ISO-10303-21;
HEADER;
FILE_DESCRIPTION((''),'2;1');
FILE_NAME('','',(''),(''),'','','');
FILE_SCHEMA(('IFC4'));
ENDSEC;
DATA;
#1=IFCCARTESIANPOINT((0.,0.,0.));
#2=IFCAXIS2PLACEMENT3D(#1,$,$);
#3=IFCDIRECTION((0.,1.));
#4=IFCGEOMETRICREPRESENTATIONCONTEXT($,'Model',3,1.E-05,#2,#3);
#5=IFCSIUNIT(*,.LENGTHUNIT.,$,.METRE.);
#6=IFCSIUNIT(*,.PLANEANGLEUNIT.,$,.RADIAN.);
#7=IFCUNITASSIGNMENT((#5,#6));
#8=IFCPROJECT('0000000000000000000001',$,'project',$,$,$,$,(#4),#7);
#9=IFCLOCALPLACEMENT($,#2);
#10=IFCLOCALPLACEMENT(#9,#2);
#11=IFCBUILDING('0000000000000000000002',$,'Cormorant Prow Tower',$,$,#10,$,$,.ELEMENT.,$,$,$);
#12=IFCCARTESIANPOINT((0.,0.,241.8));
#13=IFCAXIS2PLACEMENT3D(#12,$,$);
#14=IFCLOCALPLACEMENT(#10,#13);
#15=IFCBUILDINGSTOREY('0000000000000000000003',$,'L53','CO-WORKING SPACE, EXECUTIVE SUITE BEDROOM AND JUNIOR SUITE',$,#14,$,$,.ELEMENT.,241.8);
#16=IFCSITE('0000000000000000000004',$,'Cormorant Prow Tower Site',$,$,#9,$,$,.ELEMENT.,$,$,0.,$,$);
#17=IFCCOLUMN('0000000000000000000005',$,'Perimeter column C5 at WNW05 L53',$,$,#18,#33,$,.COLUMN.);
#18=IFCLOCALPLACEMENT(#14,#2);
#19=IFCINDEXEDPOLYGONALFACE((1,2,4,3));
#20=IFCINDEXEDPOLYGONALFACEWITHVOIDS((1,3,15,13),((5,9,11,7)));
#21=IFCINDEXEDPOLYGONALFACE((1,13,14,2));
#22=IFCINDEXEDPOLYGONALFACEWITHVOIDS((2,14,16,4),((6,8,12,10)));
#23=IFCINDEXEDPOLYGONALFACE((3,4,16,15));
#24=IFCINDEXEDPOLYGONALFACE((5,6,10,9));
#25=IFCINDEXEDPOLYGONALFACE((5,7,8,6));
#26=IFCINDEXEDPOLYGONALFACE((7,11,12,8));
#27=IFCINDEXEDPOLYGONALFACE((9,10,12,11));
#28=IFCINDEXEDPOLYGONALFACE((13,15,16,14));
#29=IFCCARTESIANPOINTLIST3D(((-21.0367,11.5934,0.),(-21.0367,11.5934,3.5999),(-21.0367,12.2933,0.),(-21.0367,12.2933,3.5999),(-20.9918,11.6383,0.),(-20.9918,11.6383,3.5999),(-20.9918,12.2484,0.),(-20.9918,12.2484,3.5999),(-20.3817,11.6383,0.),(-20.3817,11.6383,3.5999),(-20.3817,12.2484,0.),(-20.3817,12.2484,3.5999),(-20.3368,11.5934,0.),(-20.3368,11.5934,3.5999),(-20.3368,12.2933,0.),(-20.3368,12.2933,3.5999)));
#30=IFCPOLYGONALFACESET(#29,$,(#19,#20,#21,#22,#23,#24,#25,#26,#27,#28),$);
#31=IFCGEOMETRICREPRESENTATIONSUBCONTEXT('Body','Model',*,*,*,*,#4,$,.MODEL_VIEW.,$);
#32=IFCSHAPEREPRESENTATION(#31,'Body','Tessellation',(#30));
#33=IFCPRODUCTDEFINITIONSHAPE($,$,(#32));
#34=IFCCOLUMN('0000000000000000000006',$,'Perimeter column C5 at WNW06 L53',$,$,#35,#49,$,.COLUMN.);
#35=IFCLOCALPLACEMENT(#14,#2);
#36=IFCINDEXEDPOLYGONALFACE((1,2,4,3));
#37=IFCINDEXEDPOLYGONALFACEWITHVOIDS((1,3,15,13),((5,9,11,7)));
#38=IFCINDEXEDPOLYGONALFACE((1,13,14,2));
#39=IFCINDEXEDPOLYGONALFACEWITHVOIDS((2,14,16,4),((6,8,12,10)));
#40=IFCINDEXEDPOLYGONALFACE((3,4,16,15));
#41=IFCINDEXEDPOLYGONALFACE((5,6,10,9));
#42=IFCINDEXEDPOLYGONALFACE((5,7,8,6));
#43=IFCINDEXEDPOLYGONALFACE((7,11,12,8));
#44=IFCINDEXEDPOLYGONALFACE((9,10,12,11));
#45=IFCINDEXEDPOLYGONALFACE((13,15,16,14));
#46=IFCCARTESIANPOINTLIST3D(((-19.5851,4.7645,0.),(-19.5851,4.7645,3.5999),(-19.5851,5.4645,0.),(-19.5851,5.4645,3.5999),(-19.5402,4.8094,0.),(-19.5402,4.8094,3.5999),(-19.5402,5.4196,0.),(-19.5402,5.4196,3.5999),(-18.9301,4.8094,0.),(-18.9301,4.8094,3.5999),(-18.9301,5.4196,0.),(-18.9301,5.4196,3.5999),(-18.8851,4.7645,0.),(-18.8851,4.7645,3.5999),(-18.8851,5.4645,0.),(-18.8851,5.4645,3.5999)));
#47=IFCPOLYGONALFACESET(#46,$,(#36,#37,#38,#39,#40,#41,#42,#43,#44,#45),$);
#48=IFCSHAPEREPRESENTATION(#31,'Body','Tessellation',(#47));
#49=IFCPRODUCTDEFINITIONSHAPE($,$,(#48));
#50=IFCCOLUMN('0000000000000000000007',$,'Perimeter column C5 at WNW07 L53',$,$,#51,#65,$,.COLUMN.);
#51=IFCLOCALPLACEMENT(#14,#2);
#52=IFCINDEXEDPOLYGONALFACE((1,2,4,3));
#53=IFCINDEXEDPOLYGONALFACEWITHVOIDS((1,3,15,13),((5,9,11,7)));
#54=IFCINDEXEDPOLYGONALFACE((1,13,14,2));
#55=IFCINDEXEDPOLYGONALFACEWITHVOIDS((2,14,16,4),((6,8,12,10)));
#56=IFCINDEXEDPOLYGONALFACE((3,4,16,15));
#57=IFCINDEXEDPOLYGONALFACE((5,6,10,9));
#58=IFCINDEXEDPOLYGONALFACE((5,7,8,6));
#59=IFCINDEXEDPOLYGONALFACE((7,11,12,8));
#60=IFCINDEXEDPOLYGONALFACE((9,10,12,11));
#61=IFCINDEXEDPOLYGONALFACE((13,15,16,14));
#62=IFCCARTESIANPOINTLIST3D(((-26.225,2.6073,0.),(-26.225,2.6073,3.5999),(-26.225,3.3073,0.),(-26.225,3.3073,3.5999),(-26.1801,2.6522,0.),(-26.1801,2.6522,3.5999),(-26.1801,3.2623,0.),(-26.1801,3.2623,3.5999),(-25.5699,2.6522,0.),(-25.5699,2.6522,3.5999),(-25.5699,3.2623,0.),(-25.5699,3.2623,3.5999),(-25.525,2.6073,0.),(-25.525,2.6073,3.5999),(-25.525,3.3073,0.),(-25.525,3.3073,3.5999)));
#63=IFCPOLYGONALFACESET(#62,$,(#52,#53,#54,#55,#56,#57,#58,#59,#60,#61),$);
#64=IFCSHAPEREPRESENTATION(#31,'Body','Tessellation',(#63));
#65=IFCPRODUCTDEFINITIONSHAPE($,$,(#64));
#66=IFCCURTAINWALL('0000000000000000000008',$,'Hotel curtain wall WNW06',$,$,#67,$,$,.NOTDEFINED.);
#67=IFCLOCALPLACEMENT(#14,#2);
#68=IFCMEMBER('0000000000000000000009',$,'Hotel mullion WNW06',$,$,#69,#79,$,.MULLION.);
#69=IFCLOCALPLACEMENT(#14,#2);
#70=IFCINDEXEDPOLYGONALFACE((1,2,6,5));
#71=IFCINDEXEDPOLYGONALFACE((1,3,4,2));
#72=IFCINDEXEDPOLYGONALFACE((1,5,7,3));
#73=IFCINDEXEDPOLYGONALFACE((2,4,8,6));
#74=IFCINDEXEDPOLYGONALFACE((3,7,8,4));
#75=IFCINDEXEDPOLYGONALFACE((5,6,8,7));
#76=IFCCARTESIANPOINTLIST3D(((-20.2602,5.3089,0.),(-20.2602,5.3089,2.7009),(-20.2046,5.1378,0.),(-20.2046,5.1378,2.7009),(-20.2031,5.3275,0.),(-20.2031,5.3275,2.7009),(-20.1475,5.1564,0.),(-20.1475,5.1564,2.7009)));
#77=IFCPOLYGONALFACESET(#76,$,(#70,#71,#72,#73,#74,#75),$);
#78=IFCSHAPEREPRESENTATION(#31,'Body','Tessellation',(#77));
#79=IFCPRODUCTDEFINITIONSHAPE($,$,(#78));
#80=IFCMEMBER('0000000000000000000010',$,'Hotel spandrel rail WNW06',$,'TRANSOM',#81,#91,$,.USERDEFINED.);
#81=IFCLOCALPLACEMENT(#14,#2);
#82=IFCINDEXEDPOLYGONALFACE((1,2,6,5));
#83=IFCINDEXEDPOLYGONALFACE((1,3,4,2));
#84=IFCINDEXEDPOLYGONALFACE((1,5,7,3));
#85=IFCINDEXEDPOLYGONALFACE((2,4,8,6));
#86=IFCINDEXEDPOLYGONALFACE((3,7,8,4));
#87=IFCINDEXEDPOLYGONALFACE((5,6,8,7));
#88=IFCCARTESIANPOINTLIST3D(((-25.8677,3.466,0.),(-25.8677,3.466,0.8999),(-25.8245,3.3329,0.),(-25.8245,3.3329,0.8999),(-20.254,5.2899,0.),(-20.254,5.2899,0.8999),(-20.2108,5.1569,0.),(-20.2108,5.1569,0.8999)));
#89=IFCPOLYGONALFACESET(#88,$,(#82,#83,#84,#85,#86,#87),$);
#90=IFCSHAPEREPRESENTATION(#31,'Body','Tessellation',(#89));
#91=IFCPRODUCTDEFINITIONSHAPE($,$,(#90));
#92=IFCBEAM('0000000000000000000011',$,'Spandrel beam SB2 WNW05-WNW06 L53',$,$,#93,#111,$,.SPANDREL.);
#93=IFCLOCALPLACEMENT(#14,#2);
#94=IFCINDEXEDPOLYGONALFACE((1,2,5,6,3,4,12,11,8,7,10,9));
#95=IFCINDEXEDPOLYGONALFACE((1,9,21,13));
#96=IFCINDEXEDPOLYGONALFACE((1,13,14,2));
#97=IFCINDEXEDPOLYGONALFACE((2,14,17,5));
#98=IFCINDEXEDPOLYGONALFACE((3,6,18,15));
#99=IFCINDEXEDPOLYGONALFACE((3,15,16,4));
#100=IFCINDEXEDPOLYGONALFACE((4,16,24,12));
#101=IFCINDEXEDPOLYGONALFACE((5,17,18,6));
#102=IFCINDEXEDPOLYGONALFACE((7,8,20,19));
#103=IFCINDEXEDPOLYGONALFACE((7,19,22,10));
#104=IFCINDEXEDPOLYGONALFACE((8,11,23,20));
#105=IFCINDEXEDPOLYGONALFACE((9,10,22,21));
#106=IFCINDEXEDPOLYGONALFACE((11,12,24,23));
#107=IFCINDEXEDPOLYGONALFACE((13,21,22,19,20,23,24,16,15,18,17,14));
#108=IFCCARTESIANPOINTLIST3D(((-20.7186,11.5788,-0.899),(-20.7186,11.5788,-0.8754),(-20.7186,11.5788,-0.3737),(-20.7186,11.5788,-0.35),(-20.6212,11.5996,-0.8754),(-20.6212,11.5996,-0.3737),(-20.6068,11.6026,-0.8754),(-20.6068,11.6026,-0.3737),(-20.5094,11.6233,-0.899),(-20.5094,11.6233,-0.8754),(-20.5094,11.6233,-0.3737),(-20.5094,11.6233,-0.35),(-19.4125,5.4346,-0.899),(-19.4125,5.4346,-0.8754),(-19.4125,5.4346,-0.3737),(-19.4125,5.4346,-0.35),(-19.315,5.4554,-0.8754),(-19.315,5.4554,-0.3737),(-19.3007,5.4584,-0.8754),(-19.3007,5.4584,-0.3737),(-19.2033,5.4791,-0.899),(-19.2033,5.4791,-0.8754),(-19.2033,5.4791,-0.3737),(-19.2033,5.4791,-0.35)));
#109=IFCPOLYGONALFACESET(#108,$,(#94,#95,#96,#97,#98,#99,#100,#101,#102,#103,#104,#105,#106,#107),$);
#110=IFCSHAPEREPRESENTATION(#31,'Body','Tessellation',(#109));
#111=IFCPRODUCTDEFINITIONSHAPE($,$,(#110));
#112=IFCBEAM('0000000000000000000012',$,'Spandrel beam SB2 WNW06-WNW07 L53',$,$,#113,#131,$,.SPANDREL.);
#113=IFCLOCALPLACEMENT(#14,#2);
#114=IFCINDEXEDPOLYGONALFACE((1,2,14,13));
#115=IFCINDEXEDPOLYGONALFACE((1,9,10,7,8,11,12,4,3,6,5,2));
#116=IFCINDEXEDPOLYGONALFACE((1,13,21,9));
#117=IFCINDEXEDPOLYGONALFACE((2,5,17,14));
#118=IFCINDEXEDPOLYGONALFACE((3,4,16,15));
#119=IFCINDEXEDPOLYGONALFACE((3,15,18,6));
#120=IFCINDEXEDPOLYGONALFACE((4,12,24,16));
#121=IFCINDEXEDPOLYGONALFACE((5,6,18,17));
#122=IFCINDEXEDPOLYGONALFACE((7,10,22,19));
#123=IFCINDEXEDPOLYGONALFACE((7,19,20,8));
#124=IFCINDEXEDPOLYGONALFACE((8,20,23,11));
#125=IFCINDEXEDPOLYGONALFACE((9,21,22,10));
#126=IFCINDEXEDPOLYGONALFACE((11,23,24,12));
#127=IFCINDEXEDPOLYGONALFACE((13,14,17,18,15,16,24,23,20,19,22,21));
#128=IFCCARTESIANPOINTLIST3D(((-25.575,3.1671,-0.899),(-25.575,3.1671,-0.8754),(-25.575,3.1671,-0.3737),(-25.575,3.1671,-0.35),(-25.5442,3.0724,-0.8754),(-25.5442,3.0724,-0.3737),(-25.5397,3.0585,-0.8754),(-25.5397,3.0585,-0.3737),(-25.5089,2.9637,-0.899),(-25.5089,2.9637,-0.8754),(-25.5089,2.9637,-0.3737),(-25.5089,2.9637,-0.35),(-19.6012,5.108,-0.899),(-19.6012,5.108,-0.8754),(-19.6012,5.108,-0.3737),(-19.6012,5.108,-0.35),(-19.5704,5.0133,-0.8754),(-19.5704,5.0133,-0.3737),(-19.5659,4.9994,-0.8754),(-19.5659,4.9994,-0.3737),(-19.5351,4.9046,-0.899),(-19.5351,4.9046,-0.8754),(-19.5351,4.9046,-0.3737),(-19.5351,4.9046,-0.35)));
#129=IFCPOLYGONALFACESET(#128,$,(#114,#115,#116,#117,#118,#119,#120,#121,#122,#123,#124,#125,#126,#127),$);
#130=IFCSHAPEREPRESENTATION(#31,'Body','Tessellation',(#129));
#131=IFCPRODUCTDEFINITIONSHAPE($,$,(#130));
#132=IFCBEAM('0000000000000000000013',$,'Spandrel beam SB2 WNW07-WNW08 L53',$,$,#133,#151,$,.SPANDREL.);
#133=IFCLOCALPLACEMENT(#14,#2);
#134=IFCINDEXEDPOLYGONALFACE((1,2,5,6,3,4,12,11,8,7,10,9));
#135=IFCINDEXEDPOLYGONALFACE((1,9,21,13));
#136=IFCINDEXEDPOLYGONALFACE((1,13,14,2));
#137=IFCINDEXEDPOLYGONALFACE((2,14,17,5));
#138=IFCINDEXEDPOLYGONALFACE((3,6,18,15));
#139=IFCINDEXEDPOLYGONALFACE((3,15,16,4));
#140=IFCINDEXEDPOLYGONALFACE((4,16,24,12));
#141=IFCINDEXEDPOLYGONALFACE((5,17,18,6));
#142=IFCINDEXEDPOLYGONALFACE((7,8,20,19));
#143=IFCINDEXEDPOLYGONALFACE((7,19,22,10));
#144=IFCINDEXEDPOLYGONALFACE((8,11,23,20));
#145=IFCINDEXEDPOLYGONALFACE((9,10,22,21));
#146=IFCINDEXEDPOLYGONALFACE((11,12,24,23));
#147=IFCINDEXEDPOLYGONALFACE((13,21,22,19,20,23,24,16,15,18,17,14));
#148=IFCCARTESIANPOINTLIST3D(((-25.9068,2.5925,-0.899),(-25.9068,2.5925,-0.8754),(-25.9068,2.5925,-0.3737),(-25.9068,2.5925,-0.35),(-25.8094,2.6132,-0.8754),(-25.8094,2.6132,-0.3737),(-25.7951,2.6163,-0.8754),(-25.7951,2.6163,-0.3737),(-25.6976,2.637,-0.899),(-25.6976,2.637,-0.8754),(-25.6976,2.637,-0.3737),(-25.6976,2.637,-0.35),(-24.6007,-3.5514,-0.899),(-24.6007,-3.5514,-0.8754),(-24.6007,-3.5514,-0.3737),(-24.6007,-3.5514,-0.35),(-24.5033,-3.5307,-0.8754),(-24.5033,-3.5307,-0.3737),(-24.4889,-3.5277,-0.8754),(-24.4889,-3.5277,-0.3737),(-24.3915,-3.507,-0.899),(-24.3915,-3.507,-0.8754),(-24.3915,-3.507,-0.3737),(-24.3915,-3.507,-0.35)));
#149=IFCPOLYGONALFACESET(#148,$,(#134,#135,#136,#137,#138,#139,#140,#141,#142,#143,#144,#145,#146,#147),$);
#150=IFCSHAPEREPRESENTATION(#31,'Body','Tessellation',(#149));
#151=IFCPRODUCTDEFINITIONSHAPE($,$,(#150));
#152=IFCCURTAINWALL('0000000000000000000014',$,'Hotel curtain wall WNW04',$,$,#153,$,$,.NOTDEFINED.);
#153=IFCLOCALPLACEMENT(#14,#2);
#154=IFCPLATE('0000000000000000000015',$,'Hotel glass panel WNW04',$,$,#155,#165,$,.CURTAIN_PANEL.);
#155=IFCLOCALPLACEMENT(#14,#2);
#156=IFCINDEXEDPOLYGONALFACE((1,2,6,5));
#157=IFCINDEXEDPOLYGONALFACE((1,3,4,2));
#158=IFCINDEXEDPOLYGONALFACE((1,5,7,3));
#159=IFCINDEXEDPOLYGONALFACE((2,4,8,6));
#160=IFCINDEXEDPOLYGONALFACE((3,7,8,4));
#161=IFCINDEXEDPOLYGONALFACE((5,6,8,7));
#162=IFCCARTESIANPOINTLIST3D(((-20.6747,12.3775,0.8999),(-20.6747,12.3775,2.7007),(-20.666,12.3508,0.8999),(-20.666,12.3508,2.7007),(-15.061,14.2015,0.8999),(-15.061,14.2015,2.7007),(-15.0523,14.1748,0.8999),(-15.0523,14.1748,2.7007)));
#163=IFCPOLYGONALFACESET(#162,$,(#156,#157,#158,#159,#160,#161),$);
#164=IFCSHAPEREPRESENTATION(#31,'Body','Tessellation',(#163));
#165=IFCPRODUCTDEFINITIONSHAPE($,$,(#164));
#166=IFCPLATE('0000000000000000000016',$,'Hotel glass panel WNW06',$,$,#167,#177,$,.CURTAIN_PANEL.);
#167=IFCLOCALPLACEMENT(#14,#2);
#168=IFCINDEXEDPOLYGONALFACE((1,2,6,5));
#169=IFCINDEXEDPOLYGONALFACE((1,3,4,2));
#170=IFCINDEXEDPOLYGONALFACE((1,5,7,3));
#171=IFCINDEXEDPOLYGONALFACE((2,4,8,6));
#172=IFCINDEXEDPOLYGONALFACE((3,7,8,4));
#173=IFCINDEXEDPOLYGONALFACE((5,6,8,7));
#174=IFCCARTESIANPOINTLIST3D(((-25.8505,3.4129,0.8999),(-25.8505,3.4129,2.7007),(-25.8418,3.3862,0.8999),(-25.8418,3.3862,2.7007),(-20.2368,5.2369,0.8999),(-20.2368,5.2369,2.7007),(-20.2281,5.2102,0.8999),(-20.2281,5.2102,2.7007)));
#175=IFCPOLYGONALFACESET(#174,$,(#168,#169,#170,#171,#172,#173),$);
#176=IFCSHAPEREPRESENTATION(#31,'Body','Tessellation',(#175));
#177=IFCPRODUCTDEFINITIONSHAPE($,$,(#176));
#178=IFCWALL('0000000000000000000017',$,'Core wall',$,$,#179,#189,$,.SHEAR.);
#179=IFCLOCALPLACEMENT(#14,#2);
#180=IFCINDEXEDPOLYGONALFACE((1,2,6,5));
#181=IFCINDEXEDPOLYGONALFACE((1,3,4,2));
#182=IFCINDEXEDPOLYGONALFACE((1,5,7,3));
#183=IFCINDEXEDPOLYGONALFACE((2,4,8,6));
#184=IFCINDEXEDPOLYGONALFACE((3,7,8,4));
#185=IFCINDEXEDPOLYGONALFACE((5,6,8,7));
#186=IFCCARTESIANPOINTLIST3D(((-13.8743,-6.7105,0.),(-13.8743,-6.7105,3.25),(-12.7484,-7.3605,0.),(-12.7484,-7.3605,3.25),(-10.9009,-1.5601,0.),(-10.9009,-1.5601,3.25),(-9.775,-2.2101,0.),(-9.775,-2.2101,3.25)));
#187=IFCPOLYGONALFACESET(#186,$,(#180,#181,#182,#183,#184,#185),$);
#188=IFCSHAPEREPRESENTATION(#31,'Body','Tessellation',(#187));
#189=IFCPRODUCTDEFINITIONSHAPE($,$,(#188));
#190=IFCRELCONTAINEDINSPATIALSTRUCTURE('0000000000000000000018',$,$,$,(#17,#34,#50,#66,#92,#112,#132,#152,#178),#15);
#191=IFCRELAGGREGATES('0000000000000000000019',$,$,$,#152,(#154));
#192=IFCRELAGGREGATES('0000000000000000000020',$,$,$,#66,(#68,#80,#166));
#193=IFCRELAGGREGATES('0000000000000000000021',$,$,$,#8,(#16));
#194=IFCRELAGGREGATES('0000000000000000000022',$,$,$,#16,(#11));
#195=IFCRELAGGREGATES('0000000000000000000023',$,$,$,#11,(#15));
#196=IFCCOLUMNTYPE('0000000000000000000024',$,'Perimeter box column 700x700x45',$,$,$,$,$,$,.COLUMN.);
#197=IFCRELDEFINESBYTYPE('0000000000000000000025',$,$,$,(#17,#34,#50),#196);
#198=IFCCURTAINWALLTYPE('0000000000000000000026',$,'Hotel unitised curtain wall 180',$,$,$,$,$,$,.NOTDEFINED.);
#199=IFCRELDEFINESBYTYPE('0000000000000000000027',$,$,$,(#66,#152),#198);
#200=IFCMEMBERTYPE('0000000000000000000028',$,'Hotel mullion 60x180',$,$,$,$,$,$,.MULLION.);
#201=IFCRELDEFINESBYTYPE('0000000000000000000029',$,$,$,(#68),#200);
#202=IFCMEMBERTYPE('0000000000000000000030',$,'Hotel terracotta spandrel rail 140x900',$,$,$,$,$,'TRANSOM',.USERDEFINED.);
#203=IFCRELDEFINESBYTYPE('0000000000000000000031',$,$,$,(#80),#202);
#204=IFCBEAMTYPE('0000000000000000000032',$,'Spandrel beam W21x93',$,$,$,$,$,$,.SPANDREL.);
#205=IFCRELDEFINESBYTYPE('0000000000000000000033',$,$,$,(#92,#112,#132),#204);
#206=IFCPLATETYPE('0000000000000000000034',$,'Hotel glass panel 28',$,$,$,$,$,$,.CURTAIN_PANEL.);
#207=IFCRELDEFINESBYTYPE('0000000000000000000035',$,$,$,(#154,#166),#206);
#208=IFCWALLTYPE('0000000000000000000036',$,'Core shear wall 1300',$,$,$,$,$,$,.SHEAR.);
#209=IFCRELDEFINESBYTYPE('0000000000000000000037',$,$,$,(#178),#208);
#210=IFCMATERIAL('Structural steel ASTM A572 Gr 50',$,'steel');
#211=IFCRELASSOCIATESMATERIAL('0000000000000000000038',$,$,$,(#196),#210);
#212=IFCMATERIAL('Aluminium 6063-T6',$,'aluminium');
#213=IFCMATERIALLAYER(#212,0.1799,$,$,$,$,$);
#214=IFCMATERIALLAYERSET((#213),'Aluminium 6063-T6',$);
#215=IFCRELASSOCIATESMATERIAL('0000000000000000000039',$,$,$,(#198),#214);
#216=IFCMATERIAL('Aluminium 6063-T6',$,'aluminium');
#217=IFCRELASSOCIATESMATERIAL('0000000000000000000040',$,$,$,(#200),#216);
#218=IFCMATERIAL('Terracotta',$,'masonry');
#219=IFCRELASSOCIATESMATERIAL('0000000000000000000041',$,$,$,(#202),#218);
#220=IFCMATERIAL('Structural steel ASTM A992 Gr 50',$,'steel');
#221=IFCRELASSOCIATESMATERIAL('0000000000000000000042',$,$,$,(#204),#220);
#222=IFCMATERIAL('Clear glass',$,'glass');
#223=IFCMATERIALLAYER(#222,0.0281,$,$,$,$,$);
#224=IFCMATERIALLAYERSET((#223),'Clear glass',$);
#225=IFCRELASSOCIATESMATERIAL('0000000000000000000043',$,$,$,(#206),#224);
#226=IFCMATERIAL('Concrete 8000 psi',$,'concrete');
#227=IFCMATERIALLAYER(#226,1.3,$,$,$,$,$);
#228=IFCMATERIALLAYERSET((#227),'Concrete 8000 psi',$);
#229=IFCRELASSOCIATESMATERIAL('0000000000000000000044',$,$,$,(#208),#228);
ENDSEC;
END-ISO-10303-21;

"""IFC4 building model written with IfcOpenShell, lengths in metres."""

from ifc_helpers import new_model, si_unit, direction, frame, frame_2d, origin, origin_2d, place, context, subcontext, project, spatial, rectangle, hollow_rectangle, i_section, extrude, material, layer, layer_set, material_profile, profile_set, type_object, element, aggregate, save


model = new_model("IFC4")

# Units and contexts
model_context = context("Model", 3, precision=1e-05, world=origin(), true_north=direction((0.0, 1.0)))
body_context = subcontext(model_context, "Body", "Model", "MODEL_VIEW")
ifc_project = project(units=[si_unit("LENGTHUNIT", "METRE"), si_unit("PLANEANGLEUNIT", "RADIAN")], contexts=[model_context])

# Site, building, storey
site_placement = place(None, origin())
site = spatial("IfcSite", under=ifc_project, at=site_placement, Name="Cormorant Prow Tower Site", CompositionType="ELEMENT", RefElevation=0.0)
building_placement = place(site_placement, origin())
building = spatial("IfcBuilding", under=site, at=building_placement, Name="Cormorant Prow Tower", CompositionType="ELEMENT")
storey_placement = place(building_placement, frame((0.0, 0.0, 241.8)))
storey = spatial("IfcBuildingStorey", under=building, at=storey_placement, Name="L53", Description="CO-WORKING SPACE, EXECUTIVE SUITE BEDROOM AND JUNIOR SUITE", CompositionType="ELEMENT", Elevation=241.8)

# Columns
ifc_material_1 = material(Name="Structural steel ASTM A572 Gr 50", Category="steel")
ifc_material_profile_1 = material_profile(ifc_material_1, hollow_rectangle(XDim=0.7, YDim=0.7, WallThickness=0.0449, at=origin_2d()), Name="Box 700x700x45")
ifc_profile_set_1 = profile_set([ifc_material_profile_1], Name="Structural steel ASTM A572 Gr 50")
column_type = type_object("IfcColumnType", Name="Perimeter box column 700x700x45", PredefinedType="COLUMN", material=ifc_profile_set_1)
for number, where, z_axis, x_axis, name in (
    (1, (-20.6868, 11.9434, 0.0), (0.0, 0.0, 1.0), (1.0, 0.0, 0.0), "Perimeter column C5 at WNW05 L53"),
    (2, (-19.2351, 5.1145, 0.0), (0.0, 0.0, 1.0), (1.0, 0.0, 0.0), "Perimeter column C5 at WNW06 L53"),
    (3, (-25.875, 2.9573, 0.0), (0.0, 0.0, 1.0), (1.0, 0.0, 0.0), "Perimeter column C5 at WNW07 L53"),
):
    element("IfcColumn", number, at=place(storey_placement, frame(where, z_axis=z_axis, x_axis=x_axis)), inside=storey, type_object=column_type, Name=name, PredefinedType="COLUMN", context=body_context, shape_type="SweptSolid", body=[
        extrude(hollow_rectangle(XDim=0.7, YDim=0.7, WallThickness=0.0449, at=origin_2d()), origin(), (0.0, 0.0, 1.0), 3.5999),
    ])

# Curtain wall, members
ifc_material_2 = material(Name="Aluminium 6063-T6", Category="aluminium")
ifc_layer_1 = layer(ifc_material_2, 0.1799)
ifc_layer_set_1 = layer_set([ifc_layer_1], Name="Aluminium 6063-T6")
curtain_wall_type = type_object("IfcCurtainWallType", Name="Hotel unitised curtain wall 180", PredefinedType="NOTDEFINED", material=ifc_layer_set_1)
curtain_wall_1_placement = place(storey_placement, origin())
curtain_wall_1 = element("IfcCurtainWall", 4, at=curtain_wall_1_placement, inside=storey, type_object=curtain_wall_type, Name="Hotel curtain wall WNW06", PredefinedType="NOTDEFINED")
ifc_material_3 = material(Name="Aluminium 6063-T6", Category="aluminium")
ifc_material_profile_2 = material_profile(ifc_material_3, rectangle(XDim=0.1799, YDim=0.0601, at=origin_2d()), Name="Hotel mullion 60x180")
ifc_profile_set_2 = profile_set([ifc_material_profile_2], Name="Aluminium 6063-T6")
member_type_1 = type_object("IfcMemberType", Name="Hotel mullion 60x180", PredefinedType="MULLION", material=ifc_profile_set_2)
member_1_placement = place(storey_placement, frame((-20.2039, 5.2327, 0.0), z_axis=(0.0, 0.0, 1.0), x_axis=(0.309017, -0.951057, 0.0)))
member_1 = element("IfcMember", 5, at=member_1_placement, type_object=member_type_1, Name="Hotel mullion WNW06", PredefinedType="MULLION", context=body_context, shape_type="SweptSolid", body=[
    extrude(rectangle(XDim=0.1799, YDim=0.0601, at=origin_2d()), origin(), (0.0, 0.0, 1.0), 2.7009),
])
ifc_material_4 = material(Name="Terracotta", Category="masonry")
ifc_material_profile_3 = material_profile(ifc_material_4, rectangle(XDim=0.1399, YDim=0.8999, at=origin_2d()), Name="Hotel terracotta spandrel rail 140x900")
ifc_profile_set_3 = profile_set([ifc_material_profile_3], Name="Terracotta")
member_type_2 = type_object("IfcMemberType", Name="Hotel terracotta spandrel rail 140x900", ElementType="TRANSOM", PredefinedType="USERDEFINED", material=ifc_profile_set_3)
member_2_placement = place(storey_placement, frame((-20.2324, 5.2234, 0.45), z_axis=(-0.951059, -0.309009, 0.0), x_axis=(0.309009, -0.951059, 0.0)))
member_2 = element("IfcMember", 6, at=member_2_placement, type_object=member_type_2, Name="Hotel spandrel rail WNW06", ObjectType="TRANSOM", PredefinedType="USERDEFINED", context=body_context, shape_type="SweptSolid", body=[
    extrude(rectangle(XDim=0.1399, YDim=0.8999, at=origin_2d()), origin(), (0.0, 0.0, 1.0), 5.9026),
])

# Beams
ifc_material_5 = material(Name="Structural steel ASTM A992 Gr 50", Category="steel")
ifc_material_profile_4 = material_profile(ifc_material_5, i_section(OverallWidth=0.2139, OverallDepth=0.5491, WebThickness=0.0146, FlangeThickness=0.0237, at=origin_2d()), Name="W21x93")
ifc_profile_set_4 = profile_set([ifc_material_profile_4], Name="Structural steel ASTM A992 Gr 50")
beam_type = type_object("IfcBeamType", Name="Spandrel beam W21x93", PredefinedType="SPANDREL", material=ifc_profile_set_4)
beam_placement = place(storey_placement, frame((-20.614, 11.6011, -0.6245), z_axis=(0.207934, -0.978143, 0.0), x_axis=(0.978143, 0.207934, 0.0)))
element("IfcBeam", 7, at=beam_placement, inside=storey, type_object=beam_type, Name="Spandrel beam SB2 WNW05-WNW06 L53", PredefinedType="SPANDREL", context=body_context, shape_type="SweptSolid", body=[
    extrude(i_section(OverallWidth=0.2139, OverallDepth=0.5491, WebThickness=0.0146, FlangeThickness=0.0237, at=origin_2d()), origin(), (0.0, 0.0, 1.0), 6.2815),
])
for number, where, z_axis, x_axis, name in (
    (8, (-19.5681, 5.0063, -0.6245), (-0.951062, -0.309001, 0.0), (0.309001, -0.951062, 0.0), "Spandrel beam SB2 WNW06-WNW07 L53"),
    (9, (-25.8022, 2.6147, -0.6245), (0.207941, -0.978141, 0.0), (0.978141, 0.207941, 0.0), "Spandrel beam SB2 WNW07-WNW08 L53"),
):
    element("IfcBeam", number, at=place(storey_placement, frame(where, z_axis=z_axis, x_axis=x_axis)), inside=storey, type_object=beam_type, Name=name, PredefinedType="SPANDREL", context=body_context, shape_type="SweptSolid", body=[
        extrude(i_section(OverallWidth=0.2139, OverallDepth=0.5491, WebThickness=0.0146, FlangeThickness=0.0237, at=origin_2d()), origin(), (0.0, 0.0, 1.0), 6.2812),
    ])

# Curtain wall, plate
curtain_wall_2_placement = place(storey_placement, origin())
curtain_wall_2 = element("IfcCurtainWall", 10, at=curtain_wall_2_placement, inside=storey, type_object=curtain_wall_type, Name="Hotel curtain wall WNW04", PredefinedType="NOTDEFINED")
ifc_material_6 = material(Name="Clear glass", Category="glass")
ifc_layer_2 = layer(ifc_material_6, 0.0281)
ifc_layer_set_2 = layer_set([ifc_layer_2], Name="Clear glass")
plate_type = type_object("IfcPlateType", Name="Hotel glass panel 28", PredefinedType="CURTAIN_PANEL", material=ifc_layer_set_2)
plate_1_placement = place(storey_placement, frame((-17.8635, 13.2761, 0.8999), z_axis=(0.0, 0.0, 1.0), x_axis=(-0.951057, -0.309017, 0.0)))
plate_1 = element("IfcPlate", 11, at=plate_1_placement, type_object=plate_type, Name="Hotel glass panel WNW04", PredefinedType="CURTAIN_PANEL", context=body_context, shape_type="SweptSolid", body=[
    extrude(rectangle(XDim=5.9026, YDim=0.0281, at=origin_2d()), origin(), (0.0, 0.0, 1.0), 1.8008),
])
aggregate(curtain_wall_2, [plate_1])

# Plate
plate_2_placement = place(storey_placement, frame((-23.0393, 4.3115, 0.8999), z_axis=(0.0, 0.0, 1.0), x_axis=(-0.951057, -0.309017, 0.0)))
plate_2 = element("IfcPlate", 12, at=plate_2_placement, type_object=plate_type, Name="Hotel glass panel WNW06", PredefinedType="CURTAIN_PANEL", context=body_context, shape_type="SweptSolid", body=[
    extrude(rectangle(XDim=5.9026, YDim=0.0281, at=origin_2d()), origin(), (0.0, 0.0, 1.0), 1.8008),
])
aggregate(curtain_wall_1, [member_1, member_2, plate_2])

# Wall
ifc_material_7 = material(Name="Concrete 8000 psi", Category="concrete")
ifc_layer_3 = layer(ifc_material_7, 1.3)
ifc_layer_set_3 = layer_set([ifc_layer_3], Name="Concrete 8000 psi")
wall_type_1 = type_object("IfcWallType", Name="Core shear wall 1300", PredefinedType="SHEAR", material=ifc_layer_set_3)
wall_1_placement = place(storey_placement, frame((-10.3379, -1.885, 0.0), z_axis=(0.0, 0.0, 1.0), x_axis=(-0.499976, -0.866039, 0.0)))
element("IfcWall", 13, at=wall_1_placement, inside=storey, type_object=wall_type_1, Name="Core wall", PredefinedType="SHEAR", context=body_context, shape_type="SweptSolid", body=[
    extrude(rectangle(XDim=5.947, YDim=1.3, at=frame_2d((2.9736, 0.0))), origin(), (0.0, 0.0, 1.0), 3.25),
])

save(model, "model.ifc")
